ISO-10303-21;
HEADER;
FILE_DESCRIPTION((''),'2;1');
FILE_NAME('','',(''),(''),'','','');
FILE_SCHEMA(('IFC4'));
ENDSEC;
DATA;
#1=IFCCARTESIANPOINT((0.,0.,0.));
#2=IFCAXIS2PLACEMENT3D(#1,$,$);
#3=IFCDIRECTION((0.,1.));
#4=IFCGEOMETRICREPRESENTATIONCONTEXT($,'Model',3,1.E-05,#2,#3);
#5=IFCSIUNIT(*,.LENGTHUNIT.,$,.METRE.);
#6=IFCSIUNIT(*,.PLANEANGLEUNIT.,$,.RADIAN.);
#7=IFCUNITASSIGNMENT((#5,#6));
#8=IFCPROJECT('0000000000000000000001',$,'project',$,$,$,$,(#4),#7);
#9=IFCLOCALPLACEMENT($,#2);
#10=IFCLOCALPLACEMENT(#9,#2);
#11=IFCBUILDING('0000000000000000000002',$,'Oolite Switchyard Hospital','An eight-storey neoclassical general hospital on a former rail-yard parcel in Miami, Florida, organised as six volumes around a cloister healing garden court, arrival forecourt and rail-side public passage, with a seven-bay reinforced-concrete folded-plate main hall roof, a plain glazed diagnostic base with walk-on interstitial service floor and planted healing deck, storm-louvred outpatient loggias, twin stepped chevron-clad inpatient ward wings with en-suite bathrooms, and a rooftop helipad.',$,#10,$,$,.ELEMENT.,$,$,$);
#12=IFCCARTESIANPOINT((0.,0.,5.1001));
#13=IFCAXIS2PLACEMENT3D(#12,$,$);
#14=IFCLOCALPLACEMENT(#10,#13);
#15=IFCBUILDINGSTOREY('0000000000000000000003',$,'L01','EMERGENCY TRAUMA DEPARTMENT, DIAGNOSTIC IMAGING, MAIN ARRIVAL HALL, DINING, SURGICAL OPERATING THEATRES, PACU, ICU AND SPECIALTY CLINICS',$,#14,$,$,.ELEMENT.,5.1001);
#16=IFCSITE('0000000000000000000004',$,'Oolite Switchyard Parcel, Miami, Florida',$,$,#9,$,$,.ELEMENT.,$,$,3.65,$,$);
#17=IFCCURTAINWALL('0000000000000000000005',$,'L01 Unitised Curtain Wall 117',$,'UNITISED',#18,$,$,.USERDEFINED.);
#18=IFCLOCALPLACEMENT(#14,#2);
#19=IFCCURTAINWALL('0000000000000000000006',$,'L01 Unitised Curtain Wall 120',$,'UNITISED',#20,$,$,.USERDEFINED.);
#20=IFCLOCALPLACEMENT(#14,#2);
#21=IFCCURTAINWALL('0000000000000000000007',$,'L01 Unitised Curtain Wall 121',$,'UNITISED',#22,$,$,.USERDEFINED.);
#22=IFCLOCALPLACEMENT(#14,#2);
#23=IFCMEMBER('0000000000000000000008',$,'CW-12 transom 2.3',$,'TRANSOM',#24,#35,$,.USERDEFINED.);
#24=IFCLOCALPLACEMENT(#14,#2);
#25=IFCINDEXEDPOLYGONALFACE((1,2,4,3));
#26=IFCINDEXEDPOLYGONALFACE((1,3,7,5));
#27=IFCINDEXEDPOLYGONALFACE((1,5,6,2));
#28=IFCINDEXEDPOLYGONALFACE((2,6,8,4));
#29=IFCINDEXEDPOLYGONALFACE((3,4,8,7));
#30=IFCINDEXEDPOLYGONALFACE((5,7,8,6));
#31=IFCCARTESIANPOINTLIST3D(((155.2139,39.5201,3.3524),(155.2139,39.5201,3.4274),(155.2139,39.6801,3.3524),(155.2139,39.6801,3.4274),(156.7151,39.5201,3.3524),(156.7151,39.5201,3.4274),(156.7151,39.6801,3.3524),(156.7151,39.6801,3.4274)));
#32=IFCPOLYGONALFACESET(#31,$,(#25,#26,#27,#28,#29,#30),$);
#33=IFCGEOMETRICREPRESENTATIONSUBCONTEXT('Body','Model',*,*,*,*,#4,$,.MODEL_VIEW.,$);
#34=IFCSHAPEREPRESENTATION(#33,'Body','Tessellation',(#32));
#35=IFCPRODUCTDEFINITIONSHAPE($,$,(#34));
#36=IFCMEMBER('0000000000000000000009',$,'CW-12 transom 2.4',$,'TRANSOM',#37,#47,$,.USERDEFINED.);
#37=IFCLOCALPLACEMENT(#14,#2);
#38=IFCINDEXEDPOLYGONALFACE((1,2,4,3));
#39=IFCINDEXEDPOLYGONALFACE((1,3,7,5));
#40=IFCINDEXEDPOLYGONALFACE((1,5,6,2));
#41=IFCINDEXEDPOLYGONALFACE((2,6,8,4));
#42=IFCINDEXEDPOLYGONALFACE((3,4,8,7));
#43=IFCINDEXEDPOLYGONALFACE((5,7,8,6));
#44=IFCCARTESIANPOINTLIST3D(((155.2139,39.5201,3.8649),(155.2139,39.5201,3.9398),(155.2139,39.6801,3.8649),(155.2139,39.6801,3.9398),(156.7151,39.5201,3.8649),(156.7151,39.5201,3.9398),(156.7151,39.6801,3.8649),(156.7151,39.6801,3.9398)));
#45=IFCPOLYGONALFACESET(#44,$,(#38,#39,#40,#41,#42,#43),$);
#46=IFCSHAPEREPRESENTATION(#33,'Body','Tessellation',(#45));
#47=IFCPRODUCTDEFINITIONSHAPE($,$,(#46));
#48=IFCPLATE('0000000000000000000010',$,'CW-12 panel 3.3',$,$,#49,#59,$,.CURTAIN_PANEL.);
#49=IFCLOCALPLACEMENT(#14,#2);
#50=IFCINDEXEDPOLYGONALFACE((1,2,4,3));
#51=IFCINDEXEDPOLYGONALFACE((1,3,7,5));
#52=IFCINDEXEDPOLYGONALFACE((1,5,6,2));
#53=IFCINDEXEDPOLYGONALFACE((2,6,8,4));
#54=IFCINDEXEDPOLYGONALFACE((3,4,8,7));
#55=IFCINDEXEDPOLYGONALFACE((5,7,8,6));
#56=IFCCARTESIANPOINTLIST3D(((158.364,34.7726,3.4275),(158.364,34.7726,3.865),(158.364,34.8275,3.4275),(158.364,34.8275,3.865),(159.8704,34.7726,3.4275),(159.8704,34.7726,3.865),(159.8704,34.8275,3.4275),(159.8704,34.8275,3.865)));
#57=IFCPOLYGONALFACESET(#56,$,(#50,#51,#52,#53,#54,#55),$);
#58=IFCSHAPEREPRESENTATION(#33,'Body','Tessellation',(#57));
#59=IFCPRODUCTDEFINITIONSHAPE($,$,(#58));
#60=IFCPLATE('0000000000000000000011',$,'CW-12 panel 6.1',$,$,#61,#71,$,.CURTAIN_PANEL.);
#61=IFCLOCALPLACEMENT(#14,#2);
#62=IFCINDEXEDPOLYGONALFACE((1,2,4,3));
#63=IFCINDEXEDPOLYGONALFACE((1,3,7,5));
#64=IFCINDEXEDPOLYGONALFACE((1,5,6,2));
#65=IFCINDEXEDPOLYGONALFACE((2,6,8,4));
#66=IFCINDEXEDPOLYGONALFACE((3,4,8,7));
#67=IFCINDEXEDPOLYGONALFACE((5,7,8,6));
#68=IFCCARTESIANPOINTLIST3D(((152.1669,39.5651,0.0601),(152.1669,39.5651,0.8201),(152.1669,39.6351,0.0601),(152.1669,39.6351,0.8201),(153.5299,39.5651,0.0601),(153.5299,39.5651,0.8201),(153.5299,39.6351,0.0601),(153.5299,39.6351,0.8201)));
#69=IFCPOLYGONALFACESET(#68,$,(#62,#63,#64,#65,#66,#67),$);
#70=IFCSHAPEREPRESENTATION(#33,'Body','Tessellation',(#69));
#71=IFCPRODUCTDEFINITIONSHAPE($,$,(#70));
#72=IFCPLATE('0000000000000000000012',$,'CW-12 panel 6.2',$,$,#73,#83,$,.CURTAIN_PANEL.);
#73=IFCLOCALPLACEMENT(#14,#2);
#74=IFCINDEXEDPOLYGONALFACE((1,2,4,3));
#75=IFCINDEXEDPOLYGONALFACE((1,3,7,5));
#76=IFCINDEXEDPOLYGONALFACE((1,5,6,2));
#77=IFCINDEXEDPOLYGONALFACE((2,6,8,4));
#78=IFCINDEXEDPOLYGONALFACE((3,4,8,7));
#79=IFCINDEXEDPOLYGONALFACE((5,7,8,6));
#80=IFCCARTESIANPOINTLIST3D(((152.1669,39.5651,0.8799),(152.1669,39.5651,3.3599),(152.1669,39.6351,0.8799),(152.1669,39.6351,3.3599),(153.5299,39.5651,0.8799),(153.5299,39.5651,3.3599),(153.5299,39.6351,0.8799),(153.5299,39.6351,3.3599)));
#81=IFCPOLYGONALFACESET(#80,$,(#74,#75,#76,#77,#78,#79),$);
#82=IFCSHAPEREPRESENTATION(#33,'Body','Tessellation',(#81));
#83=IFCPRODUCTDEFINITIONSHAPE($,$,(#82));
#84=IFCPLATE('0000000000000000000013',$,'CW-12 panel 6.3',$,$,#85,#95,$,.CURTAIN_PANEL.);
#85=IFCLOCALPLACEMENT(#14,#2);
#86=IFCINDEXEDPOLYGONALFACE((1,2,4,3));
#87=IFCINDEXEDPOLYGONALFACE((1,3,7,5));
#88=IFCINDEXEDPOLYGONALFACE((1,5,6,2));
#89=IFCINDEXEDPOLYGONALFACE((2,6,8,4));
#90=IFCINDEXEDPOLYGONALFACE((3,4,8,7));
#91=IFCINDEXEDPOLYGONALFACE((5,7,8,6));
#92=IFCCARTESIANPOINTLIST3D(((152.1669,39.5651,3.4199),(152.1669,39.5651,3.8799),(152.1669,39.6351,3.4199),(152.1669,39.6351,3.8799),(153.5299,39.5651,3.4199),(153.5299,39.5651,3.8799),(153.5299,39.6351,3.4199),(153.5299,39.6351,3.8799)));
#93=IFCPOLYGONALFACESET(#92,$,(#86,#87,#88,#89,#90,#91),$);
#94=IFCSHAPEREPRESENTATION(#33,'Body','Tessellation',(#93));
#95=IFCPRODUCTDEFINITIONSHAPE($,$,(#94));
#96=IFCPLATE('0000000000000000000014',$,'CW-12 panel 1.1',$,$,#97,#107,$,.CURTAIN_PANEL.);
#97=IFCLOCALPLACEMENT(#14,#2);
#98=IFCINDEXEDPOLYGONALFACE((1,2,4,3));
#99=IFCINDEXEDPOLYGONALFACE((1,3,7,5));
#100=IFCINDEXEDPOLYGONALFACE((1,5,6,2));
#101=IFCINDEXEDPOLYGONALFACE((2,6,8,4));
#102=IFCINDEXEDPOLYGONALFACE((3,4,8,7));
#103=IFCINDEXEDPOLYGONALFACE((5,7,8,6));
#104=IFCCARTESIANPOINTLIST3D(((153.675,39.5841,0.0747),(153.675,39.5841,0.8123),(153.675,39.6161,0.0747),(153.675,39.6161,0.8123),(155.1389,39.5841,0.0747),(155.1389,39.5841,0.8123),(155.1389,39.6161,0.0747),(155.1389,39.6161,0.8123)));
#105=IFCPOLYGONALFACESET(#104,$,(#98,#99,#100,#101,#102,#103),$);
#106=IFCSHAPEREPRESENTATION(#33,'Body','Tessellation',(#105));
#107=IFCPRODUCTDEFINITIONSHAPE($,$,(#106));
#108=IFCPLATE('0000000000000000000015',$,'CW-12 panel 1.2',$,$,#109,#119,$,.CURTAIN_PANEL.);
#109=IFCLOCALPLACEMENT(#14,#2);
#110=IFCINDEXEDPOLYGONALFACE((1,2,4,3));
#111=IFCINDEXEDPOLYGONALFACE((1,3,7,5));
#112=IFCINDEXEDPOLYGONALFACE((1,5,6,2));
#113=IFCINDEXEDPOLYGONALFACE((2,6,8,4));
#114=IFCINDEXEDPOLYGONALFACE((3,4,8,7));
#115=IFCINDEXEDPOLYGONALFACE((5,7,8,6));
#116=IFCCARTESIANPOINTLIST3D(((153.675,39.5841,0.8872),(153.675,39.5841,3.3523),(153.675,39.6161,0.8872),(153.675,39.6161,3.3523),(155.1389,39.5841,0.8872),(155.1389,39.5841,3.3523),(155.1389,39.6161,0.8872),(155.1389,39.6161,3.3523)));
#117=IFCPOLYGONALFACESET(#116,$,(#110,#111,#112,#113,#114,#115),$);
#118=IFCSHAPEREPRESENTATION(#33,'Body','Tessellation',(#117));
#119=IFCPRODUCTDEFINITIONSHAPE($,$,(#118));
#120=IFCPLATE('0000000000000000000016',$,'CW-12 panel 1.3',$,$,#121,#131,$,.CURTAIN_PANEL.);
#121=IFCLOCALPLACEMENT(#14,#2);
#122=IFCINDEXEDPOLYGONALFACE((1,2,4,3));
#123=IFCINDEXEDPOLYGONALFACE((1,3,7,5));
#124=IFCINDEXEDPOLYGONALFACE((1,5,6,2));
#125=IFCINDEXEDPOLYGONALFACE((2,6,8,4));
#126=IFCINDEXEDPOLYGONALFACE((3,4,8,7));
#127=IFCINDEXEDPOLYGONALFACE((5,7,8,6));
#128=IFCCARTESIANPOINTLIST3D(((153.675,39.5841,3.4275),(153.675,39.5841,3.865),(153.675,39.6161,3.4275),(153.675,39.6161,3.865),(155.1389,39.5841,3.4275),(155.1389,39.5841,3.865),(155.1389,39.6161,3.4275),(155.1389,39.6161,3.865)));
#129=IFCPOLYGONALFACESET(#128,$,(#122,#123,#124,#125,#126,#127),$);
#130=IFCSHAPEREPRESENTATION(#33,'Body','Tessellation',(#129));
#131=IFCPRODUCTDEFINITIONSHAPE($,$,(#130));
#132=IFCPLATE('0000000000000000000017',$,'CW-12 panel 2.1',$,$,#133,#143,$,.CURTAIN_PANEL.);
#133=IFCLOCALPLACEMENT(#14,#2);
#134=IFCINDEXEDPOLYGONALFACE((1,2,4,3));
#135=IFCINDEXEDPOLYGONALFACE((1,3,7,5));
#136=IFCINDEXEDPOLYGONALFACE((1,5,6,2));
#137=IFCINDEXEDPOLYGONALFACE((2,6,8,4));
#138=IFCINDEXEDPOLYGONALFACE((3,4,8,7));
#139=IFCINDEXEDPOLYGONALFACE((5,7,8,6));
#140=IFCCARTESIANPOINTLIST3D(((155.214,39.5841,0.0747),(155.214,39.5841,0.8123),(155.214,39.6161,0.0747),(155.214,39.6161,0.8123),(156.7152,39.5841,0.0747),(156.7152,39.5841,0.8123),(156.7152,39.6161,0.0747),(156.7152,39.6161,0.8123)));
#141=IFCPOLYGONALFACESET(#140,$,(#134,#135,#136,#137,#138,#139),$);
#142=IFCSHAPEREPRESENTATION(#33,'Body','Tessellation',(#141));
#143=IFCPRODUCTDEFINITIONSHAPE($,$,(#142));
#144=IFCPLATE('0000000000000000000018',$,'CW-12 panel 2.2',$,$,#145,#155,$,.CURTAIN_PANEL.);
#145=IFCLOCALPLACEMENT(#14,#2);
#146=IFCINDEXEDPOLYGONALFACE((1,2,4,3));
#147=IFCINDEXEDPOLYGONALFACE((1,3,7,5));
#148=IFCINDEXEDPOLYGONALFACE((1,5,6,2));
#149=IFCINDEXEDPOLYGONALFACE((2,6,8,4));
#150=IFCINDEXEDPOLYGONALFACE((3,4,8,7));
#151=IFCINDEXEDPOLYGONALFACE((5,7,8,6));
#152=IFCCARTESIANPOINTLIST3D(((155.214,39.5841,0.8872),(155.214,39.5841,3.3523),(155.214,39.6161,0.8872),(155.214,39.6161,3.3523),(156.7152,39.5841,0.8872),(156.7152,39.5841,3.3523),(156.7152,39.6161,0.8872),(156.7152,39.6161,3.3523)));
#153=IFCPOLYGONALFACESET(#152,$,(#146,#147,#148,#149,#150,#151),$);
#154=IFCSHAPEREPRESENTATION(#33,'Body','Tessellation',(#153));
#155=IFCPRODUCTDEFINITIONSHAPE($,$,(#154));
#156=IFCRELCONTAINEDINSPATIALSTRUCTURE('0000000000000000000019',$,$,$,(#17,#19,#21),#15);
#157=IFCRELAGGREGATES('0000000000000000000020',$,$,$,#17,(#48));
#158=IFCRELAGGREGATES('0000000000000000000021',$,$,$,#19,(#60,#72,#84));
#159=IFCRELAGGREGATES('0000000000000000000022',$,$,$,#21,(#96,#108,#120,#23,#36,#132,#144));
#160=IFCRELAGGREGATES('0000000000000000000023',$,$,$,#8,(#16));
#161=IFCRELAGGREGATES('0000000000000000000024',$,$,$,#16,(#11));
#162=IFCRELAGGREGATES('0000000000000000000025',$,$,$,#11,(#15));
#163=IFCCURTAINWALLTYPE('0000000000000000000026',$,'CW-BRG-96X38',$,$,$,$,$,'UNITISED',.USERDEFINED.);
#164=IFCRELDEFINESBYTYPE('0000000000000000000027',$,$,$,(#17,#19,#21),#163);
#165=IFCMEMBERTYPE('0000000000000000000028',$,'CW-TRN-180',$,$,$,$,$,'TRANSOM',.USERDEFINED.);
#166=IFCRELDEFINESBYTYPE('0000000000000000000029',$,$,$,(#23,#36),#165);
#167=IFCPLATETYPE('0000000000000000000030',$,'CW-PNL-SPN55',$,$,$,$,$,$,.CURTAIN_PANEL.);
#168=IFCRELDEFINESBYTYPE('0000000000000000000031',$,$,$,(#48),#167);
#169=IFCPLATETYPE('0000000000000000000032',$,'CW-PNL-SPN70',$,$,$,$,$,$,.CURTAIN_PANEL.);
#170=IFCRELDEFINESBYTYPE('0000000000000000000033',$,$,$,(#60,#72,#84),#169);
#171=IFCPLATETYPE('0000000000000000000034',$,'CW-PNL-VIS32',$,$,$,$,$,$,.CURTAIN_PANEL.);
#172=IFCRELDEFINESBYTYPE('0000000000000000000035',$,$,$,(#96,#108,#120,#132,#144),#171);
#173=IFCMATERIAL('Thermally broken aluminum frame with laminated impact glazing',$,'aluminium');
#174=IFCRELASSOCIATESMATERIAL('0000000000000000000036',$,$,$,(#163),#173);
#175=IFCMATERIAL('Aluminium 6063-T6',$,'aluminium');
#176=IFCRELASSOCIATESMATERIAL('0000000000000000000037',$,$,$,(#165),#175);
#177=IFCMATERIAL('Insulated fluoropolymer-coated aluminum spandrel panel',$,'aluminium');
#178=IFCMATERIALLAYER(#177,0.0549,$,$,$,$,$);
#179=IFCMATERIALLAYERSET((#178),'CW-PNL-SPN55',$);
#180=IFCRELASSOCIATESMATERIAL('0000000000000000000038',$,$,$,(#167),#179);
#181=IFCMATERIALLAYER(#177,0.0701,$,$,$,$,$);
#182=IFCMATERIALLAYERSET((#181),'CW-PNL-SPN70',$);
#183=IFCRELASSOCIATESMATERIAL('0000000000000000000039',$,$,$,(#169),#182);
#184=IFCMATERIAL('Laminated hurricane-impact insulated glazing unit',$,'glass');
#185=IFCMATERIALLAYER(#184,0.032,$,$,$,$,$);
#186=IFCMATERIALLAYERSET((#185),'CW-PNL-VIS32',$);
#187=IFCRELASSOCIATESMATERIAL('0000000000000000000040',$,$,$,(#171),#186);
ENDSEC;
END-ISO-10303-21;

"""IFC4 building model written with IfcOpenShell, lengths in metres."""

from ifc_helpers import new_model, si_unit, direction, frame, origin, origin_2d, place, context, subcontext, project, spatial, rectangle, extrude, material, layer, layer_set, material_profile, profile_set, type_object, element, aggregate, save


model = new_model("IFC4")

# Units and contexts
model_context = context("Model", 3, precision=1e-05, world=origin(), true_north=direction((0.0, 1.0)))
body_context = subcontext(model_context, "Body", "Model", "MODEL_VIEW")
ifc_project = project(units=[si_unit("LENGTHUNIT", "METRE"), si_unit("PLANEANGLEUNIT", "RADIAN")], contexts=[model_context])

# Site, building, storey
site_placement = place(None, origin())
site = spatial("IfcSite", under=ifc_project, at=site_placement, Name="Oolite Switchyard Parcel, Miami, Florida", CompositionType="ELEMENT", RefElevation=3.65)
building_placement = place(site_placement, origin())
building = spatial("IfcBuilding", under=site, at=building_placement, Name="Oolite Switchyard Hospital", Description="An eight-storey neoclassical general hospital on a former rail-yard parcel in Miami, Florida, organised as six volumes around a cloister healing garden court, arrival forecourt and rail-side public passage, with a seven-bay reinforced-concrete folded-plate main hall roof, a plain glazed diagnostic base with walk-on interstitial service floor and planted healing deck, storm-louvred outpatient loggias, twin stepped chevron-clad inpatient ward wings with en-suite bathrooms, and a rooftop helipad.", CompositionType="ELEMENT")
storey_placement = place(building_placement, frame((0.0, 0.0, 5.1001)))
storey = spatial("IfcBuildingStorey", under=building, at=storey_placement, Name="L01", Description="EMERGENCY TRAUMA DEPARTMENT, DIAGNOSTIC IMAGING, MAIN ARRIVAL HALL, DINING, SURGICAL OPERATING THEATRES, PACU, ICU AND SPECIALTY CLINICS", CompositionType="ELEMENT", Elevation=5.1001)

# Curtain walls
ifc_material_1 = material(Name="Thermally broken aluminum frame with laminated impact glazing", Category="aluminium")
curtain_wall_type = type_object("IfcCurtainWallType", Name="CW-BRG-96X38", ElementType="UNITISED", PredefinedType="USERDEFINED", material=ifc_material_1)
curtain_wall_1_placement = place(storey_placement, origin())
curtain_wall_1 = element("IfcCurtainWall", 1, at=curtain_wall_1_placement, inside=storey, type_object=curtain_wall_type, Name="L01 Unitised Curtain Wall 117", ObjectType="UNITISED", PredefinedType="USERDEFINED")
ifc_material_2 = material(Name="Aluminium 6063-T6", Category="aluminium")
curtain_wall_2_placement = place(storey_placement, origin())
curtain_wall_2 = element("IfcCurtainWall", 2, at=curtain_wall_2_placement, inside=storey, type_object=curtain_wall_type, Name="L01 Unitised Curtain Wall 120", ObjectType="UNITISED", PredefinedType="USERDEFINED")

# Curtain wall
curtain_wall_3_placement = place(storey_placement, origin())
curtain_wall_3 = element("IfcCurtainWall", 3, at=curtain_wall_3_placement, inside=storey, type_object=curtain_wall_type, Name="L01 Unitised Curtain Wall 121", ObjectType="UNITISED", PredefinedType="USERDEFINED")

# Members
ifc_material_profile_1 = material_profile(ifc_material_2, rectangle(XDim=0.1599, YDim=0.075, at=origin_2d()), Name="CWT75X160")
ifc_profile_set_1 = profile_set([ifc_material_profile_1], Name="Aluminium 6063-T6")
member_type_1 = type_object("IfcMemberType", Name="CW-TRN-180", ElementType="TRANSOM", PredefinedType="USERDEFINED", material=ifc_profile_set_1)
member_1_placement = place(storey_placement, frame((155.2139, 39.6001, 3.3899), z_axis=(1.0, 0.0, 0.0), x_axis=(0.0, 1.0, 0.0)))
member_1 = element("IfcMember", 4, at=member_1_placement, type_object=member_type_1, Name="CW-12 transom 2.3", ObjectType="TRANSOM", PredefinedType="USERDEFINED", context=body_context, shape_type="SweptSolid", body=[
    extrude(rectangle(XDim=0.1599, YDim=0.075, at=origin_2d()), origin(), (0.0, 0.0, 1.0), 1.5012),
])
member_2_placement = place(storey_placement, frame((155.2139, 39.6001, 3.9023), z_axis=(1.0, 0.0, 0.0), x_axis=(0.0, 1.0, 0.0)))
member_2 = element("IfcMember", 5, at=member_2_placement, type_object=member_type_1, Name="CW-12 transom 2.4", ObjectType="TRANSOM", PredefinedType="USERDEFINED", context=body_context, shape_type="SweptSolid", body=[
    extrude(rectangle(XDim=0.1599, YDim=0.075, at=origin_2d()), origin(), (0.0, 0.0, 1.0), 1.5012),
])

# Plates
ifc_material_3 = material(Name="Insulated fluoropolymer-coated aluminum spandrel panel", Category="aluminium")
ifc_layer_1 = layer(ifc_material_3, 0.0549)
ifc_layer_set_1 = layer_set([ifc_layer_1], Name="CW-PNL-SPN55")
plate_type_1 = type_object("IfcPlateType", Name="CW-PNL-SPN55", PredefinedType="CURTAIN_PANEL", material=ifc_layer_set_1)
plate_1_placement = place(storey_placement, frame((159.1172, 34.8, 3.4275), z_axis=(0.0, 0.0, 1.0), x_axis=(-1.0, 0.0, 0.0)))
plate_1 = element("IfcPlate", 6, at=plate_1_placement, type_object=plate_type_1, Name="CW-12 panel 3.3", PredefinedType="CURTAIN_PANEL", context=body_context, shape_type="SweptSolid", body=[
    extrude(rectangle(XDim=1.5063, YDim=0.0549, at=origin_2d()), origin(), (0.0, 0.0, 1.0), 0.4375),
])
aggregate(curtain_wall_1, [plate_1])
ifc_layer_2 = layer(ifc_material_3, 0.0701)
ifc_layer_set_2 = layer_set([ifc_layer_2], Name="CW-PNL-SPN70")
plate_type_2 = type_object("IfcPlateType", Name="CW-PNL-SPN70", PredefinedType="CURTAIN_PANEL", material=ifc_layer_set_2)
plate_2_placement = place(storey_placement, frame((152.8484, 39.6001, 0.0601), z_axis=(0.0, 0.0, 1.0), x_axis=(1.0, 0.0, 0.0)))
plate_2 = element("IfcPlate", 7, at=plate_2_placement, type_object=plate_type_2, Name="CW-12 panel 6.1", PredefinedType="CURTAIN_PANEL", context=body_context, shape_type="SweptSolid", body=[
    extrude(rectangle(XDim=1.363, YDim=0.0701, at=origin_2d()), origin(), (0.0, 0.0, 1.0), 0.76),
])
plate_3_placement = place(storey_placement, frame((152.8484, 39.6001, 0.8799), z_axis=(0.0, 0.0, 1.0), x_axis=(1.0, 0.0, 0.0)))
plate_3 = element("IfcPlate", 8, at=plate_3_placement, type_object=plate_type_2, Name="CW-12 panel 6.2", PredefinedType="CURTAIN_PANEL", context=body_context, shape_type="SweptSolid", body=[
    extrude(rectangle(XDim=1.363, YDim=0.0701, at=origin_2d()), origin(), (0.0, 0.0, 1.0), 2.48),
])
plate_4_placement = place(storey_placement, frame((152.8484, 39.6001, 3.4199), z_axis=(0.0, 0.0, 1.0), x_axis=(1.0, 0.0, 0.0)))
plate_4 = element("IfcPlate", 9, at=plate_4_placement, type_object=plate_type_2, Name="CW-12 panel 6.3", PredefinedType="CURTAIN_PANEL", context=body_context, shape_type="SweptSolid", body=[
    extrude(rectangle(XDim=1.363, YDim=0.0701, at=origin_2d()), origin(), (0.0, 0.0, 1.0), 0.46),
])
aggregate(curtain_wall_2, [plate_2, plate_3, plate_4])
ifc_material_4 = material(Name="Laminated hurricane-impact insulated glazing unit", Category="glass")
ifc_layer_3 = layer(ifc_material_4, 0.032)
ifc_layer_set_3 = layer_set([ifc_layer_3], Name="CW-PNL-VIS32")
plate_type_3 = type_object("IfcPlateType", Name="CW-PNL-VIS32", PredefinedType="CURTAIN_PANEL", material=ifc_layer_set_3)
plate_5_placement = place(storey_placement, frame((154.407, 39.6001, 0.0747), z_axis=(0.0, 0.0, 1.0), x_axis=(1.0, 0.0, 0.0)))
plate_5 = element("IfcPlate", 10, at=plate_5_placement, type_object=plate_type_3, Name="CW-12 panel 1.1", PredefinedType="CURTAIN_PANEL", context=body_context, shape_type="SweptSolid", body=[
    extrude(rectangle(XDim=1.4639, YDim=0.032, at=origin_2d()), origin(), (0.0, 0.0, 1.0), 0.7375),
])
plate_6_placement = place(storey_placement, frame((154.407, 39.6001, 0.8872), z_axis=(0.0, 0.0, 1.0), x_axis=(1.0, 0.0, 0.0)))
plate_6 = element("IfcPlate", 11, at=plate_6_placement, type_object=plate_type_3, Name="CW-12 panel 1.2", PredefinedType="CURTAIN_PANEL", context=body_context, shape_type="SweptSolid", body=[
    extrude(rectangle(XDim=1.4639, YDim=0.032, at=origin_2d()), origin(), (0.0, 0.0, 1.0), 2.4651),
])
plate_7_placement = place(storey_placement, frame((154.407, 39.6001, 3.4275), z_axis=(0.0, 0.0, 1.0), x_axis=(1.0, 0.0, 0.0)))
plate_7 = element("IfcPlate", 12, at=plate_7_placement, type_object=plate_type_3, Name="CW-12 panel 1.3", PredefinedType="CURTAIN_PANEL", context=body_context, shape_type="SweptSolid", body=[
    extrude(rectangle(XDim=1.4639, YDim=0.032, at=origin_2d()), origin(), (0.0, 0.0, 1.0), 0.4375),
])
plate_8_placement = place(storey_placement, frame((155.9646, 39.6001, 0.0747), z_axis=(0.0, 0.0, 1.0), x_axis=(1.0, 0.0, 0.0)))
plate_8 = element("IfcPlate", 13, at=plate_8_placement, type_object=plate_type_3, Name="CW-12 panel 2.1", PredefinedType="CURTAIN_PANEL", context=body_context, shape_type="SweptSolid", body=[
    extrude(rectangle(XDim=1.5012, YDim=0.032, at=origin_2d()), origin(), (0.0, 0.0, 1.0), 0.7375),
])
plate_9_placement = place(storey_placement, frame((155.9646, 39.6001, 0.8872), z_axis=(0.0, 0.0, 1.0), x_axis=(1.0, 0.0, 0.0)))
plate_9 = element("IfcPlate", 14, at=plate_9_placement, type_object=plate_type_3, Name="CW-12 panel 2.2", PredefinedType="CURTAIN_PANEL", context=body_context, shape_type="SweptSolid", body=[
    extrude(rectangle(XDim=1.5012, YDim=0.032, at=origin_2d()), origin(), (0.0, 0.0, 1.0), 2.4651),
])
aggregate(curtain_wall_3, [plate_5, plate_6, plate_7, member_1, member_2, plate_8, plate_9])

save(model, "model.ifc")
